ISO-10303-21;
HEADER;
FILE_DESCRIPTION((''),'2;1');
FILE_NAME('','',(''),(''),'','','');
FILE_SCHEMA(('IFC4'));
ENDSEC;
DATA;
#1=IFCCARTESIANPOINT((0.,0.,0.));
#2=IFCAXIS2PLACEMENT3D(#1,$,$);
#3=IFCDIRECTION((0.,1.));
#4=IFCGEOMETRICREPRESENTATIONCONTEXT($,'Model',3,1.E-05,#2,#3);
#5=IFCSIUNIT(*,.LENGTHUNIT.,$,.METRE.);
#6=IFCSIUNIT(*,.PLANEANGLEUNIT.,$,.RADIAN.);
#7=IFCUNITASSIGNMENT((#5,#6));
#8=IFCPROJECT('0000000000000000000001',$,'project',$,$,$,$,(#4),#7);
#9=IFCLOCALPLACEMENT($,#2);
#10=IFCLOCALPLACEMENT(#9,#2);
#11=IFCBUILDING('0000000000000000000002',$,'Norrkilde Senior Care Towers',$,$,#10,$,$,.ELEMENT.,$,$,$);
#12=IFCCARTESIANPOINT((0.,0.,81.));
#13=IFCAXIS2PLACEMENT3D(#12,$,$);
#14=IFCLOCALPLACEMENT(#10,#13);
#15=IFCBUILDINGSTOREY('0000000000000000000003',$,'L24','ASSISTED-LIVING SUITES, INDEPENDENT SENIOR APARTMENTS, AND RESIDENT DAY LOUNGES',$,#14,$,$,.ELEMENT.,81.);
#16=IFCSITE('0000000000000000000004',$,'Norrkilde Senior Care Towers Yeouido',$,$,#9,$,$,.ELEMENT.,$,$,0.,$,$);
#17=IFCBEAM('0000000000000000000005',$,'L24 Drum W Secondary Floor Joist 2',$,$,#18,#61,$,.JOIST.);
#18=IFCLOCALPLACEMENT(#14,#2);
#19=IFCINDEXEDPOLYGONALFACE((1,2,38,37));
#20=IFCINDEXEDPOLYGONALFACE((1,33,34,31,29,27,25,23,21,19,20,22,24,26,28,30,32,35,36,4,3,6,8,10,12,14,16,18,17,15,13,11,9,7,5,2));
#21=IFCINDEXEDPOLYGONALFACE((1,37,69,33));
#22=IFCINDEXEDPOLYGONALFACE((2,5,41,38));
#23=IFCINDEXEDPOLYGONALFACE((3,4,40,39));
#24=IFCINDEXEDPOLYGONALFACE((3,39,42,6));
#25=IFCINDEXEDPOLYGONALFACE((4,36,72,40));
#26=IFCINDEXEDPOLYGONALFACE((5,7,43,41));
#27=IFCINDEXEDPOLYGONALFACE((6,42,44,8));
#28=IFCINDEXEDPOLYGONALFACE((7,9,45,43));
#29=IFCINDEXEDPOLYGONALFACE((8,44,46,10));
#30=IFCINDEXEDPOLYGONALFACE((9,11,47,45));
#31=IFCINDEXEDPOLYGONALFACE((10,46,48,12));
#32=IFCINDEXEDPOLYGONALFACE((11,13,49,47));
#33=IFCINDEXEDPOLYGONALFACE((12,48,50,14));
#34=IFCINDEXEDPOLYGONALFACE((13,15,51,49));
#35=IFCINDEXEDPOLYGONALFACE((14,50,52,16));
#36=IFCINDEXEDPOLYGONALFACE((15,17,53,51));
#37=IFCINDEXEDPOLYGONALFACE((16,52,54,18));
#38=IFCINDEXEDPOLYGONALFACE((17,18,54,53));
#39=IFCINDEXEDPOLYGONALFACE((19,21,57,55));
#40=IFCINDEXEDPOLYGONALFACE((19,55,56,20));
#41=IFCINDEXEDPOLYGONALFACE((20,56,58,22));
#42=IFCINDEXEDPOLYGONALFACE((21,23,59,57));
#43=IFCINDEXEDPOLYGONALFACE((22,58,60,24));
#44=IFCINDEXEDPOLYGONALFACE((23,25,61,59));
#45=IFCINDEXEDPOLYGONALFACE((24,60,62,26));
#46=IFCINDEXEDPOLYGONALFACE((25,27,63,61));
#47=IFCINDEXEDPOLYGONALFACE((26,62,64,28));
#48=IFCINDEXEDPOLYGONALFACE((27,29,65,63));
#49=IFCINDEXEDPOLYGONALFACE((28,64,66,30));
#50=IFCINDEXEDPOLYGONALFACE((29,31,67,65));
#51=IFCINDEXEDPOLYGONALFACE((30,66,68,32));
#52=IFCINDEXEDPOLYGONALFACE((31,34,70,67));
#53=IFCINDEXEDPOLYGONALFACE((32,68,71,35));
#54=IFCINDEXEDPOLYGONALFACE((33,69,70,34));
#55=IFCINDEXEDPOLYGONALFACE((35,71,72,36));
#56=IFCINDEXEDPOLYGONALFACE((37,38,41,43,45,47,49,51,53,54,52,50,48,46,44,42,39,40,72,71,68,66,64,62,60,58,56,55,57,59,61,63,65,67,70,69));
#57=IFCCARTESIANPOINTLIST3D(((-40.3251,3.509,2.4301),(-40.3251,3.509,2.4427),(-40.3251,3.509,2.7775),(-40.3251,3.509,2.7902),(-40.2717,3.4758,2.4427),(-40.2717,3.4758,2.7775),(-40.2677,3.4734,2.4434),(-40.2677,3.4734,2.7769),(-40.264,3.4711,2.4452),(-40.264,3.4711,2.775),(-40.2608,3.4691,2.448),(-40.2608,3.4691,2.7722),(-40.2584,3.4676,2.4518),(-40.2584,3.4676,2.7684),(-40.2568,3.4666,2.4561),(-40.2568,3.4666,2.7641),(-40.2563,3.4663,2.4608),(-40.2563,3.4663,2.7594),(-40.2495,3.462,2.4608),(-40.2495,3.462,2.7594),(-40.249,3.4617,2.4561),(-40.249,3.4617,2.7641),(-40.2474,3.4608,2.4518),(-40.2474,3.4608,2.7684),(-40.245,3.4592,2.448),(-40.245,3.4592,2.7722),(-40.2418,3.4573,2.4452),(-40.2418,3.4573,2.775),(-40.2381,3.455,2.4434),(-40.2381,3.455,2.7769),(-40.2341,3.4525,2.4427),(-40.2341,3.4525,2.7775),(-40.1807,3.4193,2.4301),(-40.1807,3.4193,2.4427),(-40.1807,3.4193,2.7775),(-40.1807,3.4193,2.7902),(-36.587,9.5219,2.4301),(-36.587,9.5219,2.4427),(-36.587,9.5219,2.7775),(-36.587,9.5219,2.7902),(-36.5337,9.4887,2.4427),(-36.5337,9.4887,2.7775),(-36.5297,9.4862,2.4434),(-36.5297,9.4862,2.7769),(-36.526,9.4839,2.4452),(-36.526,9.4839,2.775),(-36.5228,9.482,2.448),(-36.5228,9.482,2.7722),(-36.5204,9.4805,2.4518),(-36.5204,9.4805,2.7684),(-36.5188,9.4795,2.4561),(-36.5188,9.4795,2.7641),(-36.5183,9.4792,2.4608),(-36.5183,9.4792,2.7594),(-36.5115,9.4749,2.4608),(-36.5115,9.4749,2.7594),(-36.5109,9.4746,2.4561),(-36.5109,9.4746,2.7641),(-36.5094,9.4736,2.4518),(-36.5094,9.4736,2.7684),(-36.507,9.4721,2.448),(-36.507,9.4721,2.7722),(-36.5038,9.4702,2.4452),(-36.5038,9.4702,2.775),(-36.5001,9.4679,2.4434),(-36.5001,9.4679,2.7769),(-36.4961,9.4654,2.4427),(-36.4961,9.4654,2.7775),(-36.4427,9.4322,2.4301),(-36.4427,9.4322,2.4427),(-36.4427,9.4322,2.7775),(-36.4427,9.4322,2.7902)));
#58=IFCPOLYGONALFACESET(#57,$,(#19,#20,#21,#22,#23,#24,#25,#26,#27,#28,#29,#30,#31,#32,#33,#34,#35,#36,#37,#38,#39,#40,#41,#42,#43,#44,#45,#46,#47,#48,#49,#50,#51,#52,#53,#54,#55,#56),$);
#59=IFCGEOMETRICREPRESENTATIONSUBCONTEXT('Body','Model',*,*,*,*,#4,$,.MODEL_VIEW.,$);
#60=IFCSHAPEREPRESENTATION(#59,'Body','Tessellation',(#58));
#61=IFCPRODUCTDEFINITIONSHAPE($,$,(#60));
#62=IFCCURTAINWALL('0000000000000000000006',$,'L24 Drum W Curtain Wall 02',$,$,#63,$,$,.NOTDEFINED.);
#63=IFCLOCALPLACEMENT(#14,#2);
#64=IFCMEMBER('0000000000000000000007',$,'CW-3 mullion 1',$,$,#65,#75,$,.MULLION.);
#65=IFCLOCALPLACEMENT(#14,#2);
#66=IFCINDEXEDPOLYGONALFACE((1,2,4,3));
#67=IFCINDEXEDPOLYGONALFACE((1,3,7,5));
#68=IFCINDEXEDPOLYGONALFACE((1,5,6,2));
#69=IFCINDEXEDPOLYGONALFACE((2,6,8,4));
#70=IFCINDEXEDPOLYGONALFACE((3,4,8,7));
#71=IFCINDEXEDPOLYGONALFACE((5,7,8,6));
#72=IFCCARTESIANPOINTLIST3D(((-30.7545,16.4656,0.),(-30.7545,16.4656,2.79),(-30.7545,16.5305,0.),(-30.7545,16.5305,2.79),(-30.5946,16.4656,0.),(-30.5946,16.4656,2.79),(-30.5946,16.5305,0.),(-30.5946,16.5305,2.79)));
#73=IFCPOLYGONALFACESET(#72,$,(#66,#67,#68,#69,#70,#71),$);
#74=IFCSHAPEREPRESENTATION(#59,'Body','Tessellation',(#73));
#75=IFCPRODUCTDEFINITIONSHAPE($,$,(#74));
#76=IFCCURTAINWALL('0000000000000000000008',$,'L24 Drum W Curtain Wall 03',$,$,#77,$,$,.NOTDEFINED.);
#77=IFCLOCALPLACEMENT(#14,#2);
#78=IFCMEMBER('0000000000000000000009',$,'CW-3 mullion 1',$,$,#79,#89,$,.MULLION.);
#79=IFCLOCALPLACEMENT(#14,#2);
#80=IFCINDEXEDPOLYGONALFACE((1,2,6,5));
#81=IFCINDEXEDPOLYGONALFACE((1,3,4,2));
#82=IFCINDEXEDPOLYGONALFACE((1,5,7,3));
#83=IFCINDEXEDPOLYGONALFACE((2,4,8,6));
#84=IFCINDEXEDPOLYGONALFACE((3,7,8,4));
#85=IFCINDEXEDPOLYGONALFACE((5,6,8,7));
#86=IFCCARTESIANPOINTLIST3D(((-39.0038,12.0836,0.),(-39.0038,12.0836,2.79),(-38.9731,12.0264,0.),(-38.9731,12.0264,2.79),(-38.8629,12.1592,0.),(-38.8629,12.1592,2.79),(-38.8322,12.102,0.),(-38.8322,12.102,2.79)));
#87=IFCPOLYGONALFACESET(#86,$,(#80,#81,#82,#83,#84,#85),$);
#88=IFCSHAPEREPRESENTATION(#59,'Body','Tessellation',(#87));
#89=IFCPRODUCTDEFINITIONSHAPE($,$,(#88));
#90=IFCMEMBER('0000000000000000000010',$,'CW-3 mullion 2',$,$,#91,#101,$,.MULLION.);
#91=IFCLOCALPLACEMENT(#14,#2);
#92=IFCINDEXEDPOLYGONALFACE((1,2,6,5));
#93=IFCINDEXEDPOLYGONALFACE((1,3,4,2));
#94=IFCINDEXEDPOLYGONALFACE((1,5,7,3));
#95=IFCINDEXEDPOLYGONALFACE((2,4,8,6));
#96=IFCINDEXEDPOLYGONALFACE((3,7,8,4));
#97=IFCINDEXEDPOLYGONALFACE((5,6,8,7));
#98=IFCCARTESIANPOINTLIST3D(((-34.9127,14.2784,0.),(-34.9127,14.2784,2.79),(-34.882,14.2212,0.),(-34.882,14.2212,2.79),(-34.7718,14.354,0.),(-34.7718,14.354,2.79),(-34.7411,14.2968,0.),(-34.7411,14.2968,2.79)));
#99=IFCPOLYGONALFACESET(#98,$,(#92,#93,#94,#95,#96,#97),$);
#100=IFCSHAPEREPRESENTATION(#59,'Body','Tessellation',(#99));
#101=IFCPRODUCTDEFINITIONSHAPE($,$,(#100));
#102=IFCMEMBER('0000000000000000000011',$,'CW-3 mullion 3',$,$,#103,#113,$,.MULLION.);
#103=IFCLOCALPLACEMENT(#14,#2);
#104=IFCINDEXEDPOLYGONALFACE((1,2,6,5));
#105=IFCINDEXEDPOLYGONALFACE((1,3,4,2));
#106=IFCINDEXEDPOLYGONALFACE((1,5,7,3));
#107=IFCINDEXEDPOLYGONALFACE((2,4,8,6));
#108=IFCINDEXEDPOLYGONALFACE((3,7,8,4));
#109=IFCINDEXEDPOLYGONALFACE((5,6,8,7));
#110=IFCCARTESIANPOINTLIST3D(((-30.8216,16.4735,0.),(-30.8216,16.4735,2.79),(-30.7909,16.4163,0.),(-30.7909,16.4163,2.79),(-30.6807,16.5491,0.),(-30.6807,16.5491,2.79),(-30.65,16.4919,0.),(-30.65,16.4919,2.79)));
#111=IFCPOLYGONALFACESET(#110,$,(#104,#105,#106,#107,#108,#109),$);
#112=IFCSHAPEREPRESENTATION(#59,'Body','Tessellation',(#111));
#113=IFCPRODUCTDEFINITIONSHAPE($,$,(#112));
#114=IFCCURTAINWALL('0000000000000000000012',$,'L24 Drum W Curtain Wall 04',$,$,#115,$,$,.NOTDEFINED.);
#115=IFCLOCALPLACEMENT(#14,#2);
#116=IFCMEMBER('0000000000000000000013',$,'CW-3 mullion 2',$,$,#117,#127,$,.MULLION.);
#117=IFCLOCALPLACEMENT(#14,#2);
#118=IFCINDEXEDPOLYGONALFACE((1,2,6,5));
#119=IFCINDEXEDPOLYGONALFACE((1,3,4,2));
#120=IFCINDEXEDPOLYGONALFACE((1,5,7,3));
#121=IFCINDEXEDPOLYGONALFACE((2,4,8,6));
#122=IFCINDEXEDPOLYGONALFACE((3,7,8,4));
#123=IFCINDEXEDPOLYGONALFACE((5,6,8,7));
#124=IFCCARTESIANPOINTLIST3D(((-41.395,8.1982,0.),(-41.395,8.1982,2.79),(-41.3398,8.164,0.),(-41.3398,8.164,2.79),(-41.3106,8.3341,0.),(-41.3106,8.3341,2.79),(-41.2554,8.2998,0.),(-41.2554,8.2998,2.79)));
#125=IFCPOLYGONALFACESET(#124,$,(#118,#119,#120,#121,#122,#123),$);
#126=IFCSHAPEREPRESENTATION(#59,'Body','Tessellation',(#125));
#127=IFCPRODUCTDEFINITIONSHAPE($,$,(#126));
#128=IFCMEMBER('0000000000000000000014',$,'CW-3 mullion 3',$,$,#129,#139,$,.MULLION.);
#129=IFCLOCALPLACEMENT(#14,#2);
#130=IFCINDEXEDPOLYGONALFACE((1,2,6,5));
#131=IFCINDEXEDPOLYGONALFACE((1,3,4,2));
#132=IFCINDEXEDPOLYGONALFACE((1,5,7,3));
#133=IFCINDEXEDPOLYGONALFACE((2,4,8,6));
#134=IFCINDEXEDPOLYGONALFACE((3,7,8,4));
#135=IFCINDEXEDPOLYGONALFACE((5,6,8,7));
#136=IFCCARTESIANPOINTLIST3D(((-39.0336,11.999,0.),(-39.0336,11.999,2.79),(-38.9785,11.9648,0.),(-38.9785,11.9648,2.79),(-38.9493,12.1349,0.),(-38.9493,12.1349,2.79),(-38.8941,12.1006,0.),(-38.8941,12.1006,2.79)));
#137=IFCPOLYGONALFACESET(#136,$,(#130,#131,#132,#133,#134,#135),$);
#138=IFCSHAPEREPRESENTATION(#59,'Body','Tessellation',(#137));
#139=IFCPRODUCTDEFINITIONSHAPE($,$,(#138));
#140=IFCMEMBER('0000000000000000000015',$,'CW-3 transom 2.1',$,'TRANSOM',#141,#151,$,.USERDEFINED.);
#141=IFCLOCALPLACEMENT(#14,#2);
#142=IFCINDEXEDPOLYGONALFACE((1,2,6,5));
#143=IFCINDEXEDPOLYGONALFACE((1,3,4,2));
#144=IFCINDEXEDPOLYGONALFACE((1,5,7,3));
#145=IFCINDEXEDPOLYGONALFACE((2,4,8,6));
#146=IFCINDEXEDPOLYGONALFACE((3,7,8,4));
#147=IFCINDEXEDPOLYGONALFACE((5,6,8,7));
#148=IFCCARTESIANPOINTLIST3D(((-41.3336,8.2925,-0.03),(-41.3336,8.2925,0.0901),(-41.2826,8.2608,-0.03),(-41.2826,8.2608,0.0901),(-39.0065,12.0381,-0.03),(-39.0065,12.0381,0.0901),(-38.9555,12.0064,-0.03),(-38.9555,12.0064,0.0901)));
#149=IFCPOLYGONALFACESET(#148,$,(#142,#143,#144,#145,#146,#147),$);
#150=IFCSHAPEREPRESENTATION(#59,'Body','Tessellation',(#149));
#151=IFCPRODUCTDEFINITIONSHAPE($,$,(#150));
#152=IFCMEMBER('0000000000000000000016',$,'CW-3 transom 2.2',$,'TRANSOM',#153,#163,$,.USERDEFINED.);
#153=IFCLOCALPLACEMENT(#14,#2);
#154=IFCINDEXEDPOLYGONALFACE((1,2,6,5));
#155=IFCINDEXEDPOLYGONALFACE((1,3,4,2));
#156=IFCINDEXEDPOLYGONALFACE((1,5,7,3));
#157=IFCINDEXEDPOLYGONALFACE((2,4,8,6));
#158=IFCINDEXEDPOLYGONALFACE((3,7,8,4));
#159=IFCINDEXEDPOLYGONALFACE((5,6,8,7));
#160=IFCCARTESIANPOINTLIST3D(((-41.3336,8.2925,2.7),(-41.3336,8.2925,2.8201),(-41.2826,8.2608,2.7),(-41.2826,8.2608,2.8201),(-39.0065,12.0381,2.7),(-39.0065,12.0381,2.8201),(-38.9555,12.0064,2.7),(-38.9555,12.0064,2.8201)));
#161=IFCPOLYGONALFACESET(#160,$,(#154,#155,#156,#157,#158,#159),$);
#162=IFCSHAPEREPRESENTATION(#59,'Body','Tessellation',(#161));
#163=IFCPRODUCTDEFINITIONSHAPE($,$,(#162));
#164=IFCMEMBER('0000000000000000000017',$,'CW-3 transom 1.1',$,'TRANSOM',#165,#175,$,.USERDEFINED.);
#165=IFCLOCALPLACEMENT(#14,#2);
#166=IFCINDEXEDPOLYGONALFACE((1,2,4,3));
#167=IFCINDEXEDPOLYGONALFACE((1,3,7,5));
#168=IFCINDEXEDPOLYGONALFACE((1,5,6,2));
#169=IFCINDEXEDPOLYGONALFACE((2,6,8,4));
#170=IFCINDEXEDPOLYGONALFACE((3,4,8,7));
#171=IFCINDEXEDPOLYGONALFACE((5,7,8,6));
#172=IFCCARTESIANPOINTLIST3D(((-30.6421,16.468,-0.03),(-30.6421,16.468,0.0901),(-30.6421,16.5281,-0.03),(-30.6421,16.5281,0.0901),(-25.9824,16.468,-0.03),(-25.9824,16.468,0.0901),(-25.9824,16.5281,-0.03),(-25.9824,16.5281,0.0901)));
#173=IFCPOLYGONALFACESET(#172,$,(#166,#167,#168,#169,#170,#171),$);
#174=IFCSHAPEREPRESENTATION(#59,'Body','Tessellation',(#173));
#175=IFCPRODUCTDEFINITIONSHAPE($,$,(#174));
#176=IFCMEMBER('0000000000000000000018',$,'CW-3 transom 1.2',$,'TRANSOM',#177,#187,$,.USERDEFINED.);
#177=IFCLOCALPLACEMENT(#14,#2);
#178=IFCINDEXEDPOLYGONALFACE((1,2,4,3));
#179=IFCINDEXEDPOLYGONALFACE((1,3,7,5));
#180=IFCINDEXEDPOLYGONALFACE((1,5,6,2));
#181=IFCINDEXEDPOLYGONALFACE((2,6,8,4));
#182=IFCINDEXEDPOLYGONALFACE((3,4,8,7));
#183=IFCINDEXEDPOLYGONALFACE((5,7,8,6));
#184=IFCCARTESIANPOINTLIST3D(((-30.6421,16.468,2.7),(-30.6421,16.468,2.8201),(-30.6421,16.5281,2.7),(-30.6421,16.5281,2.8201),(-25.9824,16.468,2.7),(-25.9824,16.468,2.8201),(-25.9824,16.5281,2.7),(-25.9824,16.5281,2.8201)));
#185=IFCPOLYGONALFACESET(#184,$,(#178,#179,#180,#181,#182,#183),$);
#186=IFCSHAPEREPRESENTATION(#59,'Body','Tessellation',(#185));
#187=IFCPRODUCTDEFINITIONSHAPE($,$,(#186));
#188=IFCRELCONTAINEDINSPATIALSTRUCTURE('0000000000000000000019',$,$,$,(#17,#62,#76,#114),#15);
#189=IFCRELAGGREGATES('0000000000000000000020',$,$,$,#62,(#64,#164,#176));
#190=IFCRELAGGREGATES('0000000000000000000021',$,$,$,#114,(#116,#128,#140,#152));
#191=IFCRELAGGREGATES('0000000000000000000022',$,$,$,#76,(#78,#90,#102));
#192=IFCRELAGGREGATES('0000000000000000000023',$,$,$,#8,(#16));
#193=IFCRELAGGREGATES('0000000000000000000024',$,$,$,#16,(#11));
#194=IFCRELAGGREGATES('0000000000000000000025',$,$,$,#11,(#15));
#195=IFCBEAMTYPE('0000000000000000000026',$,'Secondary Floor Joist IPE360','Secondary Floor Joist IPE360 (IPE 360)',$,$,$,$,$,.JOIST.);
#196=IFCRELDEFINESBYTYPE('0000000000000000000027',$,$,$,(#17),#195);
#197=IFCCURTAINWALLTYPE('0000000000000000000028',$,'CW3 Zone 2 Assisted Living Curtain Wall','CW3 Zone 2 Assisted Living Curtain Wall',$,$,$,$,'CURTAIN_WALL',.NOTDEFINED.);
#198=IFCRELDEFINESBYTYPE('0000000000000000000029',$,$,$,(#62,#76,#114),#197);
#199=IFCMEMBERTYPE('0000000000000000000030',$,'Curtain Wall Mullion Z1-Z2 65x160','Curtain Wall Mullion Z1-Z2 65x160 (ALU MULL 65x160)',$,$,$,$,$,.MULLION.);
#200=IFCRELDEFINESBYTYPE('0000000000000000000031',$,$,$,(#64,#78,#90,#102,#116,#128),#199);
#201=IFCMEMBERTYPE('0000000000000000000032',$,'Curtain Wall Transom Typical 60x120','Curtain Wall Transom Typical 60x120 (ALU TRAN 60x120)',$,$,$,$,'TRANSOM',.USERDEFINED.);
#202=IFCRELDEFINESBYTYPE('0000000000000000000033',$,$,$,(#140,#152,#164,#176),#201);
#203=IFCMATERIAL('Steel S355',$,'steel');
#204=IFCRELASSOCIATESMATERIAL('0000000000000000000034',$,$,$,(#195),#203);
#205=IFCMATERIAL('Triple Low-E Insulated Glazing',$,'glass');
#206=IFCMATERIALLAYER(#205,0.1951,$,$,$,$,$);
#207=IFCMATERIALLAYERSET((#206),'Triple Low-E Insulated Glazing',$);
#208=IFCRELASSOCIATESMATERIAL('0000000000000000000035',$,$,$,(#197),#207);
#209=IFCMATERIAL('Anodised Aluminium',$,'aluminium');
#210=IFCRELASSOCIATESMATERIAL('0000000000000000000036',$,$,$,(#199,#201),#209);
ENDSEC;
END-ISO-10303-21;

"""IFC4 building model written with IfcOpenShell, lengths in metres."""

from ifc_helpers import new_model, si_unit, direction, frame, origin, origin_2d, place, context, subcontext, project, spatial, rectangle, i_section, extrude, source, transform, mapped, material, layer, layer_set, material_profile, profile_set, type_object, type_shapes, element, aggregate, save


model = new_model("IFC4")

# Units and contexts
model_context = context("Model", 3, precision=1e-05, world=origin(), true_north=direction((0.0, 1.0)))
body_context = subcontext(model_context, "Body", "Model", "MODEL_VIEW")
ifc_project = project(units=[si_unit("LENGTHUNIT", "METRE"), si_unit("PLANEANGLEUNIT", "RADIAN")], contexts=[model_context])

# Site, building, storey
site_placement = place(None, origin())
site = spatial("IfcSite", under=ifc_project, at=site_placement, Name="Norrkilde Senior Care Towers Yeouido", CompositionType="ELEMENT", RefElevation=0.0)
building_placement = place(site_placement, origin())
building = spatial("IfcBuilding", under=site, at=building_placement, Name="Norrkilde Senior Care Towers", CompositionType="ELEMENT")
storey_placement = place(building_placement, frame((0.0, 0.0, 81.0)))
storey = spatial("IfcBuildingStorey", under=building, at=storey_placement, Name="L24", Description="ASSISTED-LIVING SUITES, INDEPENDENT SENIOR APARTMENTS, AND RESIDENT DAY LOUNGES", CompositionType="ELEMENT", Elevation=81.0)

# Beam
ifc_material_1 = material(Name="Steel S355", Category="steel")
ifc_material_profile_1 = material_profile(ifc_material_1, i_section(OverallWidth=0.1699, OverallDepth=0.3601, WebThickness=0.0081, FlangeThickness=0.0127, FilletRadius=0.0181, at=origin_2d()), Name="IPE 360")
ifc_profile_set_1 = profile_set([ifc_material_profile_1], Name="Steel S355")
beam_type_1 = type_object("IfcBeamType", Name="Secondary Floor Joist IPE360", Description="Secondary Floor Joist IPE360 (IPE 360)", PredefinedType="JOIST", material=ifc_profile_set_1)
shared_shape_1 = source(origin(), body_context, "Body", "SweptSolid", [
    extrude(i_section(OverallWidth=0.1699, OverallDepth=0.3601, WebThickness=0.0081, FlangeThickness=0.0127, FilletRadius=0.0181, at=origin_2d()), origin(), (0.0, 0.0, 1.0), 7.0801),
])
type_shapes(beam_type_1, [shared_shape_1])
beam_1_placement = place(storey_placement, frame((-36.5149, 9.4771, 2.6101), z_axis=(-0.527961, -0.849269, 0.0), x_axis=(0.849269, -0.527961, 0.0)))
element("IfcBeam", 1, at=beam_1_placement, inside=storey, type_object=beam_type_1, Name="L24 Drum W Secondary Floor Joist 2", PredefinedType="JOIST", context=body_context, shape_type="MappedRepresentation", body=[
    mapped(shared_shape_1, transform((0.0, 0.0, 0.0), x_axis=(1.0, 0.0, 0.0), y_axis=(0.0, 1.0, 0.0), z_axis=(0.0, 0.0, 1.0), scale=1.0)),
])

# Curtain wall, member
ifc_material_2 = material(Name="Triple Low-E Insulated Glazing", Category="glass")
ifc_layer_1 = layer(ifc_material_2, 0.1951)
ifc_layer_set_1 = layer_set([ifc_layer_1], Name="Triple Low-E Insulated Glazing")
curtain_wall_type = type_object("IfcCurtainWallType", Name="CW3 Zone 2 Assisted Living Curtain Wall", Description="CW3 Zone 2 Assisted Living Curtain Wall", ElementType="CURTAIN_WALL", PredefinedType="NOTDEFINED", material=ifc_layer_set_1)
curtain_wall_1_placement = place(storey_placement, origin())
curtain_wall_1 = element("IfcCurtainWall", 2, at=curtain_wall_1_placement, inside=storey, type_object=curtain_wall_type, Name="L24 Drum W Curtain Wall 02", PredefinedType="NOTDEFINED")
ifc_material_3 = material(Name="Anodised Aluminium", Category="aluminium")
ifc_material_profile_2 = material_profile(ifc_material_3, rectangle(XDim=0.0649, YDim=0.1599, at=origin_2d()), Name="ALU MULL 65x160")
ifc_profile_set_2 = profile_set([ifc_material_profile_2], Name="Anodised Aluminium")
member_type_1 = type_object("IfcMemberType", Name="Curtain Wall Mullion Z1-Z2 65x160", Description="Curtain Wall Mullion Z1-Z2 65x160 (ALU MULL 65x160)", PredefinedType="MULLION", material=ifc_profile_set_2)
shared_shape_2 = source(origin(), body_context, "Body", "SweptSolid", [
    extrude(rectangle(XDim=0.0649, YDim=0.1599, at=origin_2d()), origin(), (0.0, 0.0, 1.0), 2.79),
])
type_shapes(member_type_1, [shared_shape_2])
member_1_placement = place(storey_placement, frame((-30.6746, 16.498, 0.0), z_axis=(0.0, 0.0, 1.0), x_axis=(0.0, 1.0, 0.0)))
member_1 = element("IfcMember", 3, at=member_1_placement, type_object=member_type_1, Name="CW-3 mullion 1", PredefinedType="MULLION", context=body_context, shape_type="MappedRepresentation", body=[
    mapped(shared_shape_2, transform((0.0, 0.0, 0.0), x_axis=(1.0, 0.0, 0.0), y_axis=(0.0, 1.0, 0.0), z_axis=(0.0, 0.0, 1.0), scale=1.0)),
])

# Curtain walls, members
curtain_wall_2_placement = place(storey_placement, origin())
curtain_wall_2 = element("IfcCurtainWall", 4, at=curtain_wall_2_placement, inside=storey, type_object=curtain_wall_type, Name="L24 Drum W Curtain Wall 03", PredefinedType="NOTDEFINED")
member_2_placement = place(storey_placement, frame((-38.918, 12.0928, 0.0), z_axis=(0.0, 0.0, 1.0), x_axis=(-0.472769, 0.881186, 0.0)))
member_2 = element("IfcMember", 5, at=member_2_placement, type_object=member_type_1, Name="CW-3 mullion 1", PredefinedType="MULLION", context=body_context, shape_type="MappedRepresentation", body=[
    mapped(shared_shape_2, transform((0.0, 0.0, 0.0), x_axis=(1.0, 0.0, 0.0), y_axis=(0.0, 1.0, 0.0), z_axis=(0.0, 0.0, 1.0), scale=1.0)),
])
member_3_placement = place(storey_placement, frame((-34.8269, 14.2876, 0.0), z_axis=(0.0, 0.0, 1.0), x_axis=(-0.472769, 0.881186, 0.0)))
member_3 = element("IfcMember", 6, at=member_3_placement, type_object=member_type_1, Name="CW-3 mullion 2", PredefinedType="MULLION", context=body_context, shape_type="MappedRepresentation", body=[
    mapped(shared_shape_2, transform((0.0, 0.0, 0.0), x_axis=(1.0, 0.0, 0.0), y_axis=(0.0, 1.0, 0.0), z_axis=(0.0, 0.0, 1.0), scale=1.0)),
])
member_4_placement = place(storey_placement, frame((-30.7358, 16.4827, 0.0), z_axis=(0.0, 0.0, 1.0), x_axis=(-0.472769, 0.881186, 0.0)))
member_4 = element("IfcMember", 7, at=member_4_placement, type_object=member_type_1, Name="CW-3 mullion 3", PredefinedType="MULLION", context=body_context, shape_type="MappedRepresentation", body=[
    mapped(shared_shape_2, transform((0.0, 0.0, 0.0), x_axis=(1.0, 0.0, 0.0), y_axis=(0.0, 1.0, 0.0), z_axis=(0.0, 0.0, 1.0), scale=1.0)),
])
curtain_wall_3_placement = place(storey_placement, origin())
curtain_wall_3 = element("IfcCurtainWall", 8, at=curtain_wall_3_placement, inside=storey, type_object=curtain_wall_type, Name="L24 Drum W Curtain Wall 04", PredefinedType="NOTDEFINED")
member_5_placement = place(storey_placement, frame((-41.3252, 8.249, 0.0), z_axis=(0.0, 0.0, 1.0), x_axis=(-0.84941, 0.527733, 0.0)))
member_5 = element("IfcMember", 9, at=member_5_placement, type_object=member_type_1, Name="CW-3 mullion 2", PredefinedType="MULLION", context=body_context, shape_type="MappedRepresentation", body=[
    mapped(shared_shape_2, transform((0.0, 0.0, 0.0), x_axis=(1.0, 0.0, 0.0), y_axis=(0.0, 1.0, 0.0), z_axis=(0.0, 0.0, 1.0), scale=1.0)),
])
member_6_placement = place(storey_placement, frame((-38.9639, 12.0498, 0.0), z_axis=(0.0, 0.0, 1.0), x_axis=(-0.84941, 0.527733, 0.0)))
member_6 = element("IfcMember", 10, at=member_6_placement, type_object=member_type_1, Name="CW-3 mullion 3", PredefinedType="MULLION", context=body_context, shape_type="MappedRepresentation", body=[
    mapped(shared_shape_2, transform((0.0, 0.0, 0.0), x_axis=(1.0, 0.0, 0.0), y_axis=(0.0, 1.0, 0.0), z_axis=(0.0, 0.0, 1.0), scale=1.0)),
])
ifc_material_profile_3 = material_profile(ifc_material_3, rectangle(XDim=0.0601, YDim=0.1201, at=origin_2d()), Name="ALU TRAN 60x120")
ifc_profile_set_3 = profile_set([ifc_material_profile_3], Name="Anodised Aluminium")
member_type_2 = type_object("IfcMemberType", Name="Curtain Wall Transom Typical 60x120", Description="Curtain Wall Transom Typical 60x120 (ALU TRAN 60x120)", ElementType="TRANSOM", PredefinedType="USERDEFINED", material=ifc_profile_set_3)
shared_shape_3 = source(origin(), body_context, "Body", "SweptSolid", [
    extrude(rectangle(XDim=0.0601, YDim=0.1201, at=origin_2d()), origin(), (0.0, 0.0, 1.0), 4.4097),
])
member_7_placement = place(storey_placement, frame((-41.3081, 8.2766, 0.03), z_axis=(0.527738, 0.849407, 0.0), x_axis=(-0.849407, 0.527738, 0.0)))
member_7 = element("IfcMember", 11, at=member_7_placement, type_object=member_type_2, Name="CW-3 transom 2.1", ObjectType="TRANSOM", PredefinedType="USERDEFINED", context=body_context, shape_type="MappedRepresentation", body=[
    mapped(shared_shape_3, transform((0.0, 0.0, 0.0), x_axis=(1.0, 0.0, 0.0), y_axis=(0.0, 1.0, 0.0), z_axis=(0.0, 0.0, 1.0), scale=1.0)),
])
member_8_placement = place(storey_placement, frame((-41.3081, 8.2766, 2.76), z_axis=(0.527738, 0.849407, 0.0), x_axis=(-0.849407, 0.527738, 0.0)))
member_8 = element("IfcMember", 12, at=member_8_placement, type_object=member_type_2, Name="CW-3 transom 2.2", ObjectType="TRANSOM", PredefinedType="USERDEFINED", context=body_context, shape_type="MappedRepresentation", body=[
    mapped(shared_shape_3, transform((0.0, 0.0, 0.0), x_axis=(1.0, 0.0, 0.0), y_axis=(0.0, 1.0, 0.0), z_axis=(0.0, 0.0, 1.0), scale=1.0)),
])

# Members
shared_shape_4 = source(origin(), body_context, "Body", "SweptSolid", [
    extrude(rectangle(XDim=0.0601, YDim=0.1201, at=origin_2d()), origin(), (0.0, 0.0, 1.0), 4.6597),
])
member_9_placement = place(storey_placement, frame((-30.6421, 16.498, 0.03), z_axis=(1.0, 0.0, 0.0), x_axis=(0.0, 1.0, 0.0)))
member_9 = element("IfcMember", 13, at=member_9_placement, type_object=member_type_2, Name="CW-3 transom 1.1", ObjectType="TRANSOM", PredefinedType="USERDEFINED", context=body_context, shape_type="MappedRepresentation", body=[
    mapped(shared_shape_4, transform((0.0, 0.0, 0.0), x_axis=(1.0, 0.0, 0.0), y_axis=(0.0, 1.0, 0.0), z_axis=(0.0, 0.0, 1.0), scale=1.0)),
])
member_10_placement = place(storey_placement, frame((-30.6421, 16.498, 2.76), z_axis=(1.0, 0.0, 0.0), x_axis=(0.0, 1.0, 0.0)))
member_10 = element("IfcMember", 14, at=member_10_placement, type_object=member_type_2, Name="CW-3 transom 1.2", ObjectType="TRANSOM", PredefinedType="USERDEFINED", context=body_context, shape_type="MappedRepresentation", body=[
    mapped(shared_shape_4, transform((0.0, 0.0, 0.0), x_axis=(1.0, 0.0, 0.0), y_axis=(0.0, 1.0, 0.0), z_axis=(0.0, 0.0, 1.0), scale=1.0)),
])
aggregate(curtain_wall_1, [member_1, member_9, member_10])

aggregate(curtain_wall_3, [member_5, member_6, member_7, member_8])
aggregate(curtain_wall_2, [member_2, member_3, member_4])

save(model, "model.ifc")
